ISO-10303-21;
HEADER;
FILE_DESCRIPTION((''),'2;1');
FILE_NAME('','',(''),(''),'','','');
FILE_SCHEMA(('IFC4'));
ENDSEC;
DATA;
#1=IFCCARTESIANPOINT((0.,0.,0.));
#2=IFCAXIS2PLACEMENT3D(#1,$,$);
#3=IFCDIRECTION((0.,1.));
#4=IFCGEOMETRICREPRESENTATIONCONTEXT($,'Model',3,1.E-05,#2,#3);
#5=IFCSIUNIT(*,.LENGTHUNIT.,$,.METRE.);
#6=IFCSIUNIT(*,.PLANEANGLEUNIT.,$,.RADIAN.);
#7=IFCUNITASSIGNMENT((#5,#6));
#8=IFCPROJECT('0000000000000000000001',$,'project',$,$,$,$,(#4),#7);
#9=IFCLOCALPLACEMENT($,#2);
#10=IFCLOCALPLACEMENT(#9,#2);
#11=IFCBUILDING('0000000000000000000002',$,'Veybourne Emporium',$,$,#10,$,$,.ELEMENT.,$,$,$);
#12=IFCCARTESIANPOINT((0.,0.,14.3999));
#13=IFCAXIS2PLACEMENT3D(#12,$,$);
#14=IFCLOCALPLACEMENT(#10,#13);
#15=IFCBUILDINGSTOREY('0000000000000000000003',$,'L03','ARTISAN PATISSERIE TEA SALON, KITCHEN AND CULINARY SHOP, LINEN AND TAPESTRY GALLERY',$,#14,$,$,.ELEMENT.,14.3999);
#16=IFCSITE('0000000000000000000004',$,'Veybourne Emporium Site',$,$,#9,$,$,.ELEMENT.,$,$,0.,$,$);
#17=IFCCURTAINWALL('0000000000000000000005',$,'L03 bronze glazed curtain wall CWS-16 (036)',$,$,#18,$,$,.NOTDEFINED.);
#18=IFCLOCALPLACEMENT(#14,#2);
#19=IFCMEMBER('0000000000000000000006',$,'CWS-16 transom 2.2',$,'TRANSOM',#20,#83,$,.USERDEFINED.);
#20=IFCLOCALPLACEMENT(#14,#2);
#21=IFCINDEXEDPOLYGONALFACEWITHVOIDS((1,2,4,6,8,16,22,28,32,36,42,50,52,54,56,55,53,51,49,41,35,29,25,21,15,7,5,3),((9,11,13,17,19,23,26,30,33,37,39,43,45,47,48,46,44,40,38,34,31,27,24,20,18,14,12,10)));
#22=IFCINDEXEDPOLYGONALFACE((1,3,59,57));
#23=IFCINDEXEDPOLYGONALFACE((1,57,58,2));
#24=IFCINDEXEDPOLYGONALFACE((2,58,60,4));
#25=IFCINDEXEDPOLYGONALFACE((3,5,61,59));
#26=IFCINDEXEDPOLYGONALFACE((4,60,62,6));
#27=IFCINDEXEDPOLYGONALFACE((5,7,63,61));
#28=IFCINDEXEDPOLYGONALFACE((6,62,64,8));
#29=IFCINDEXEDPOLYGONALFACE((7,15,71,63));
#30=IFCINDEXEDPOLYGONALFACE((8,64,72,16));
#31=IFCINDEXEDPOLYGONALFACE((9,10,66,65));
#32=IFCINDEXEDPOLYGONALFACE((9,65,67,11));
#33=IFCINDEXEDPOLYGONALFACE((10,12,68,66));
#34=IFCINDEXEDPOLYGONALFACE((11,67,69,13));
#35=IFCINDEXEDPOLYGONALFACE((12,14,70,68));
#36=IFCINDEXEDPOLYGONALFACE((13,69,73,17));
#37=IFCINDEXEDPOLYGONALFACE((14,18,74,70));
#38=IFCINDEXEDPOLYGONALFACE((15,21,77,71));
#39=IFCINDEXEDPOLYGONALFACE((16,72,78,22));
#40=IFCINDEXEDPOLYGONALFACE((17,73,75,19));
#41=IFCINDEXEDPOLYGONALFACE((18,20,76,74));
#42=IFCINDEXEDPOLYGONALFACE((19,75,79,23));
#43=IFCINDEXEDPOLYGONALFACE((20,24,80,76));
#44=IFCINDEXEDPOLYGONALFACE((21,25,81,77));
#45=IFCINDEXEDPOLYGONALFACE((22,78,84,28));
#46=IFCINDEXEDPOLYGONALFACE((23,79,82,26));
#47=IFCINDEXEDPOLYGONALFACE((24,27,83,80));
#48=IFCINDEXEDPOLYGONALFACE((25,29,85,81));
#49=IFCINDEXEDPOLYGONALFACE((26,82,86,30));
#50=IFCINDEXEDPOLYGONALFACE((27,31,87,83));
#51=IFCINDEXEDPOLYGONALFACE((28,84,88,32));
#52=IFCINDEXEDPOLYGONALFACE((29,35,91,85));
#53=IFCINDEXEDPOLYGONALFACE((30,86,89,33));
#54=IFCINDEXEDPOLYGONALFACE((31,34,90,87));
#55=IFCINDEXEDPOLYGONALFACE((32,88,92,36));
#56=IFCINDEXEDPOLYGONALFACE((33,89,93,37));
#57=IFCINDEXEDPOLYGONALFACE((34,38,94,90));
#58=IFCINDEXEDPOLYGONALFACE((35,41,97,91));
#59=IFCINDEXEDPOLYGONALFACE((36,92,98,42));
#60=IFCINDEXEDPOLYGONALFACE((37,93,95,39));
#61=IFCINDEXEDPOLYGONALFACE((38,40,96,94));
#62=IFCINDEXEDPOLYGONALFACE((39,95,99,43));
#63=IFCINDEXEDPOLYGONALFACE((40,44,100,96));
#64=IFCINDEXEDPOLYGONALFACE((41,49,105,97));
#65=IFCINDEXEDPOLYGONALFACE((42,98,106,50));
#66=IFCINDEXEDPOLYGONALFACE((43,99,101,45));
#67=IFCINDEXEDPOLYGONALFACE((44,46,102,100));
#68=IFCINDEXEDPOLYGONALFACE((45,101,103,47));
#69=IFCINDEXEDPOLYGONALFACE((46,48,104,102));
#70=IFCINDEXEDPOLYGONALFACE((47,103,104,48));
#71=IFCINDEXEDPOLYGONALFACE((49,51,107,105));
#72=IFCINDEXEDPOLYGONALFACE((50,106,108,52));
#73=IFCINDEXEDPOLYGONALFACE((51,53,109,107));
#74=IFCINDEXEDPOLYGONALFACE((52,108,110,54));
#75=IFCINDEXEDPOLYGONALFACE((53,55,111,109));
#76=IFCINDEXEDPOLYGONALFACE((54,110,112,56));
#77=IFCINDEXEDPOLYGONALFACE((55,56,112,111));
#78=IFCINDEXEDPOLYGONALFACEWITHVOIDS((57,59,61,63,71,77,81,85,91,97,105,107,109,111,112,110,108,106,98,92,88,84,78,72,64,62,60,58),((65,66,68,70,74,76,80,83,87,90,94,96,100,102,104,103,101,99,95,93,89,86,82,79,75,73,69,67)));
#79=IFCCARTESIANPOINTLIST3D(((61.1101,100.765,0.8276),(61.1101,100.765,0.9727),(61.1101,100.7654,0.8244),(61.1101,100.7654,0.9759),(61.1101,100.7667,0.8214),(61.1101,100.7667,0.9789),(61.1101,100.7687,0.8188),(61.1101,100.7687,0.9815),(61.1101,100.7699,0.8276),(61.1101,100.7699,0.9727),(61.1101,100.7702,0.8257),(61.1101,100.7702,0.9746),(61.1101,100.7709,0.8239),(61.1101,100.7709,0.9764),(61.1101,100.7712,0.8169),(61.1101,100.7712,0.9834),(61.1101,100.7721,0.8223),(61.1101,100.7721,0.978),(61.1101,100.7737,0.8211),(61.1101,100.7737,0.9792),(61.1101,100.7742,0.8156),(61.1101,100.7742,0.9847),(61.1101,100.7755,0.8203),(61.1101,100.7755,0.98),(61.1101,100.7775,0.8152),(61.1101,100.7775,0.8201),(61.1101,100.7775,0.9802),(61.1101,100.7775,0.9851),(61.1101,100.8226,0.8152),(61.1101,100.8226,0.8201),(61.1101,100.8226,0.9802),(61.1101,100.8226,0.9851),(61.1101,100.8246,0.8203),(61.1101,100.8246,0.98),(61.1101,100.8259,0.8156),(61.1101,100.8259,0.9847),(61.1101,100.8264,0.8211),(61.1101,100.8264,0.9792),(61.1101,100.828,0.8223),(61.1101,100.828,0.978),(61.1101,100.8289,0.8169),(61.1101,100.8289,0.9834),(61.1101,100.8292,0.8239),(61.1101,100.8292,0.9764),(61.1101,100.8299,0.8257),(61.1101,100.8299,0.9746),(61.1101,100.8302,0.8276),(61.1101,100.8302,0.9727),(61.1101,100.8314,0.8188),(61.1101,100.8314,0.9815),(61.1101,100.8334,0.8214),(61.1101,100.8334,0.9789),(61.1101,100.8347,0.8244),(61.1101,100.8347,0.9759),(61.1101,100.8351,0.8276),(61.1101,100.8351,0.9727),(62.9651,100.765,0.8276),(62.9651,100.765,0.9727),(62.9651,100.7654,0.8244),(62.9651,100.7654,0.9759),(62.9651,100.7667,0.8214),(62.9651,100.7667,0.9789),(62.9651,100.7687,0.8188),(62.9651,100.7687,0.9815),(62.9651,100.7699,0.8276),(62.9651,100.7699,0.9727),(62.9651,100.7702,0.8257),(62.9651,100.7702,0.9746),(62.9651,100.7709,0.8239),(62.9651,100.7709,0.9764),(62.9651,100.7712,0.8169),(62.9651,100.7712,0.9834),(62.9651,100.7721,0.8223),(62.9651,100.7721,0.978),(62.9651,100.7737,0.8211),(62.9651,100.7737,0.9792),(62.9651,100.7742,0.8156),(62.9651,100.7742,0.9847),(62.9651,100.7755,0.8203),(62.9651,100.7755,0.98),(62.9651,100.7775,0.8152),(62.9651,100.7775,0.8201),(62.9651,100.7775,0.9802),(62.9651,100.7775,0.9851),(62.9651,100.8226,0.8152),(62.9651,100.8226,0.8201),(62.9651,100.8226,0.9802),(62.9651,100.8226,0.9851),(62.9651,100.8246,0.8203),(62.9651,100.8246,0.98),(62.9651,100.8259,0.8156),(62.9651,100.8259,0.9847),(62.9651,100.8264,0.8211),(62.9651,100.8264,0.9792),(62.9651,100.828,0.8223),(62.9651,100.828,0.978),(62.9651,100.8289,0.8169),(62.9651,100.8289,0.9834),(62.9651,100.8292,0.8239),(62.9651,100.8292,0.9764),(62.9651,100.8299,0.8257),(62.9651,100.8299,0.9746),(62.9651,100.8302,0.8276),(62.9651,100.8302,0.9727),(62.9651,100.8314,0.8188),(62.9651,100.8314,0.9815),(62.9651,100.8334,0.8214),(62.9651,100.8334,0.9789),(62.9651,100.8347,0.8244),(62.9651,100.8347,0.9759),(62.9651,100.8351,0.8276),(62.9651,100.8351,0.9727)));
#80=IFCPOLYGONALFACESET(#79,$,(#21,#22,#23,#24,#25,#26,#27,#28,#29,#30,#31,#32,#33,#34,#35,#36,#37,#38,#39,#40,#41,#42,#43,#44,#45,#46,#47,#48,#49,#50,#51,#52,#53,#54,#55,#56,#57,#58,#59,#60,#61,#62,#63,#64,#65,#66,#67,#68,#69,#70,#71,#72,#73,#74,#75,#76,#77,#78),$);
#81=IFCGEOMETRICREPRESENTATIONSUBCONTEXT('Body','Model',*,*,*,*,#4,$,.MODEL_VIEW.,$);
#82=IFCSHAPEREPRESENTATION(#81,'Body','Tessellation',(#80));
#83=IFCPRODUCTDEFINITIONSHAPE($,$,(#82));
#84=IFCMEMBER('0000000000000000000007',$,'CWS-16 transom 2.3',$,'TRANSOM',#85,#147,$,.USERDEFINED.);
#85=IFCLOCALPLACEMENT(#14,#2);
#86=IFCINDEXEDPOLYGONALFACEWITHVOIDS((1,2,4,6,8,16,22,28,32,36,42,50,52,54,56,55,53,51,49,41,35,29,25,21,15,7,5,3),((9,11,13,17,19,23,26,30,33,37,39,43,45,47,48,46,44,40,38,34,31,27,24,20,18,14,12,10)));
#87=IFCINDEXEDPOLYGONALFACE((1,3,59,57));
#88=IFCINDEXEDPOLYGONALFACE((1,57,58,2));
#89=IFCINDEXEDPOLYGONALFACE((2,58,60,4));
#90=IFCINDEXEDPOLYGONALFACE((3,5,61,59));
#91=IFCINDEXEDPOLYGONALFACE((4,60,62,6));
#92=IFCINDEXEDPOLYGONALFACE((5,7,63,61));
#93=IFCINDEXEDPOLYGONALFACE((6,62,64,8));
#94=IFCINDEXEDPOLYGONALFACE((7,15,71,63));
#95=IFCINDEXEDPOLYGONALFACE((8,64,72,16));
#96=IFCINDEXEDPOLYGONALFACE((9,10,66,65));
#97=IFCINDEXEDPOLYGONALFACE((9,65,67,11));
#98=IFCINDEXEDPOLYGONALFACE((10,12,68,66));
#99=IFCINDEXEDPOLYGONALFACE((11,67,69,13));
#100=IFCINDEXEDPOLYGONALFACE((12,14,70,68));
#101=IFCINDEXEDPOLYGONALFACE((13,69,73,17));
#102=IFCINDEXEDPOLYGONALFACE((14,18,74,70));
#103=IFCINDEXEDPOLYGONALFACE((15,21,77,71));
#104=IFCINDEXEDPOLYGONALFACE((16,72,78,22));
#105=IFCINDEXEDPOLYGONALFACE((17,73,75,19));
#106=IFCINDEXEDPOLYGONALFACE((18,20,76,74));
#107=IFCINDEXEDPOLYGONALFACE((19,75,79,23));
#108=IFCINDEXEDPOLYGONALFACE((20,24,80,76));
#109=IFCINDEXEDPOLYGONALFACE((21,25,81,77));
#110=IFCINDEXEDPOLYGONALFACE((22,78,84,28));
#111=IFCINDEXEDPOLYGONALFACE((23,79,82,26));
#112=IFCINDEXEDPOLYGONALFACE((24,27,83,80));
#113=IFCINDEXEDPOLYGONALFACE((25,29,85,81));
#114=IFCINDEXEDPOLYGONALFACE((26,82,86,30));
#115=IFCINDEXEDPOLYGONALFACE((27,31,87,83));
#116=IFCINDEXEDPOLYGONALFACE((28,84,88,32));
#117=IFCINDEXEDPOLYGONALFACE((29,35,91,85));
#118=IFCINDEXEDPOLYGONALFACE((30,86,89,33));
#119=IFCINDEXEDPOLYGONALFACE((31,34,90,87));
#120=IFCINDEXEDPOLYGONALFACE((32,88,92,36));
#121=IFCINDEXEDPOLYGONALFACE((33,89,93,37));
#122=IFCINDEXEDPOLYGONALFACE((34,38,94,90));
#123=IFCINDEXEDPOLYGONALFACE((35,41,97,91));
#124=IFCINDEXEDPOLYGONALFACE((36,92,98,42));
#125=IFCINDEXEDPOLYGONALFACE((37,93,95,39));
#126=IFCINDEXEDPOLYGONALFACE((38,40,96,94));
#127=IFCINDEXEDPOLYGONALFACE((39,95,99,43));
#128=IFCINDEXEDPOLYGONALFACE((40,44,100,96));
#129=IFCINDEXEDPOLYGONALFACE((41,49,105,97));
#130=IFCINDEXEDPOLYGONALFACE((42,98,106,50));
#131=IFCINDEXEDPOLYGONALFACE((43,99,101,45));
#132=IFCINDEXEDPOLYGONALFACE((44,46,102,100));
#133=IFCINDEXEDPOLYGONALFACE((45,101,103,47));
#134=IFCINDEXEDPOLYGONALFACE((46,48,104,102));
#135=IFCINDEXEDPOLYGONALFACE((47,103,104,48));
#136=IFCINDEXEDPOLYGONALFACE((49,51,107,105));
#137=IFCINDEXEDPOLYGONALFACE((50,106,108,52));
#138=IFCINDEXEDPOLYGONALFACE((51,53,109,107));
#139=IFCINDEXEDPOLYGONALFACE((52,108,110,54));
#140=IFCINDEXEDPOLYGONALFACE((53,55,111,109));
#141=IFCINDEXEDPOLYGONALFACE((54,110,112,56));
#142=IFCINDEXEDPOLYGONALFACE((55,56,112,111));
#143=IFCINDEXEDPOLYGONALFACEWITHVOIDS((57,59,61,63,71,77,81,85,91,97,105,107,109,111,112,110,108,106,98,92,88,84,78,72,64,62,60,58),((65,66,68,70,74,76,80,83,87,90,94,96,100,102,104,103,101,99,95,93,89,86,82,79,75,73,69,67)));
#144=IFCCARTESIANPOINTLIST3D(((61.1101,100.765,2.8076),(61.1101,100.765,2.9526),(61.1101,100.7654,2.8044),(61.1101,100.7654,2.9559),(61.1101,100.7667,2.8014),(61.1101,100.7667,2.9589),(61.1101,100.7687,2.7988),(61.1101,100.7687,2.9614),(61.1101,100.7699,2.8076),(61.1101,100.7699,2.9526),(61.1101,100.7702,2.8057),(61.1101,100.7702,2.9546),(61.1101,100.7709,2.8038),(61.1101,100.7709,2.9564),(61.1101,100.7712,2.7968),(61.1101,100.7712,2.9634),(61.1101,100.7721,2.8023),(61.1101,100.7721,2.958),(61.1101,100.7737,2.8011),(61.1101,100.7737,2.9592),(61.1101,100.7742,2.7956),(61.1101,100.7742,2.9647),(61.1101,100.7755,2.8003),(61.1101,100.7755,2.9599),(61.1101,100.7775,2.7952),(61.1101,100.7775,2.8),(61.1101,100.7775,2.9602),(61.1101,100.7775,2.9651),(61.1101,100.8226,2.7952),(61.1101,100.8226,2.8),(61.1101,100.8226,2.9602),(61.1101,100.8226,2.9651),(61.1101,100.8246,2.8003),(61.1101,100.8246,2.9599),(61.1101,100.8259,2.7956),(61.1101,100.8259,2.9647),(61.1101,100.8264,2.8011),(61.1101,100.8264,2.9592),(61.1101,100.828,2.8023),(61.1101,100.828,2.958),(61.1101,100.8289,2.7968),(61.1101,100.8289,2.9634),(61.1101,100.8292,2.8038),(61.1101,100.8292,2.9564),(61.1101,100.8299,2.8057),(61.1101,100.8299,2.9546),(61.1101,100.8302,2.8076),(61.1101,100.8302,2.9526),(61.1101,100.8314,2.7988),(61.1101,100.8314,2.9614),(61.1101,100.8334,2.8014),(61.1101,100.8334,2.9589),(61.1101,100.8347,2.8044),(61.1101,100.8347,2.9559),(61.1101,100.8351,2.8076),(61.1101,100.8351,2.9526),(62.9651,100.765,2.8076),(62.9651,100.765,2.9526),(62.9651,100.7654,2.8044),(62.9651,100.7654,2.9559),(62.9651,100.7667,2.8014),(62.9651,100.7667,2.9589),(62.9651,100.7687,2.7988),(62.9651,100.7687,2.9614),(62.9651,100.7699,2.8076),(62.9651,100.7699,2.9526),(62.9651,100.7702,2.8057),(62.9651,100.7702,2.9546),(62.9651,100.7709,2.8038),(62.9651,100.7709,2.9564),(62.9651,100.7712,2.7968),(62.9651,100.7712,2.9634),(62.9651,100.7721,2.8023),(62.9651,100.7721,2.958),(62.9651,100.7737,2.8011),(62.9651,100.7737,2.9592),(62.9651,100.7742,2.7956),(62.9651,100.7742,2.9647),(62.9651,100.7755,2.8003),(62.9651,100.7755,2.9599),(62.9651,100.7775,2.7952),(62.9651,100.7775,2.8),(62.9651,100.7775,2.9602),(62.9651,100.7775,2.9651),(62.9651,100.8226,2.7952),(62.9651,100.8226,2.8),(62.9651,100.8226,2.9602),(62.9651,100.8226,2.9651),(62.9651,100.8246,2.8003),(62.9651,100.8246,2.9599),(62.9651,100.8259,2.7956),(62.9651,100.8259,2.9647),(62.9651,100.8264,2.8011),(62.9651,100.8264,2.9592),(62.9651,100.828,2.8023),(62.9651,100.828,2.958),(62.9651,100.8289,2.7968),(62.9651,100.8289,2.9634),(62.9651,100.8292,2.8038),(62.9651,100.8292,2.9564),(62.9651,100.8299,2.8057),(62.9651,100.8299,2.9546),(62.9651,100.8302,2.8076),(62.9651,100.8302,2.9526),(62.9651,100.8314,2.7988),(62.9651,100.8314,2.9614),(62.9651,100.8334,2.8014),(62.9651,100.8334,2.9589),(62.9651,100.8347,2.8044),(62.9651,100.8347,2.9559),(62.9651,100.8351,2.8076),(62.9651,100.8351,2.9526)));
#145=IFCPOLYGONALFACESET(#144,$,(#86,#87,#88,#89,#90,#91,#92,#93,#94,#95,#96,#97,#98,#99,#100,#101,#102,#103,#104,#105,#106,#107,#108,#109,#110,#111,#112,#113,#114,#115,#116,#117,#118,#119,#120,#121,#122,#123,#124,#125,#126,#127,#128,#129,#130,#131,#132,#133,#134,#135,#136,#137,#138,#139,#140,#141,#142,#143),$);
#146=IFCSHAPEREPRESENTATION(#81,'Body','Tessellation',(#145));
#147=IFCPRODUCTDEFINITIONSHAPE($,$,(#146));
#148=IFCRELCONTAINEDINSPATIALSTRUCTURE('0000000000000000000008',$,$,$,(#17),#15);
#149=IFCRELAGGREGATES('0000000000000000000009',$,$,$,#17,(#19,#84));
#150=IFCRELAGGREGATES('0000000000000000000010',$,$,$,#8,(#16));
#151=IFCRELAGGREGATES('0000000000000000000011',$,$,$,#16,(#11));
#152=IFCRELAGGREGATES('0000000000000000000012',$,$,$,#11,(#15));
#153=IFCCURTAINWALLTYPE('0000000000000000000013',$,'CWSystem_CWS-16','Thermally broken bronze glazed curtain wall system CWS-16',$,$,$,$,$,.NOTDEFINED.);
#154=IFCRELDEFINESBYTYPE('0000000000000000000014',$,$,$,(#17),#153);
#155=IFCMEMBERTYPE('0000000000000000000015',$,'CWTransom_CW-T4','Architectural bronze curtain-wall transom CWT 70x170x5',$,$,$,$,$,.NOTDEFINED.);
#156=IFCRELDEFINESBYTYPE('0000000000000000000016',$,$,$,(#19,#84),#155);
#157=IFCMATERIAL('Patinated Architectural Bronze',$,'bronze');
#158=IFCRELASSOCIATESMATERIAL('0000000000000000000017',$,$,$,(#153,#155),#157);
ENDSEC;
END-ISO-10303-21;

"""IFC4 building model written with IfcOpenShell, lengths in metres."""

from ifc_helpers import new_model, si_unit, direction, frame, origin, origin_2d, place, context, subcontext, project, spatial, hollow_rectangle, extrude, material, material_profile, profile_set, type_object, element, aggregate, save


model = new_model("IFC4")

# Units and contexts
model_context = context("Model", 3, precision=1e-05, world=origin(), true_north=direction((0.0, 1.0)))
body_context = subcontext(model_context, "Body", "Model", "MODEL_VIEW")
ifc_project = project(units=[si_unit("LENGTHUNIT", "METRE"), si_unit("PLANEANGLEUNIT", "RADIAN")], contexts=[model_context])

# Site, building, storey
site_placement = place(None, origin())
site = spatial("IfcSite", under=ifc_project, at=site_placement, Name="Veybourne Emporium Site", CompositionType="ELEMENT", RefElevation=0.0)
building_placement = place(site_placement, origin())
building = spatial("IfcBuilding", under=site, at=building_placement, Name="Veybourne Emporium", CompositionType="ELEMENT")
storey_placement = place(building_placement, frame((0.0, 0.0, 14.3999)))
storey = spatial("IfcBuildingStorey", under=building, at=storey_placement, Name="L03", Description="ARTISAN PATISSERIE TEA SALON, KITCHEN AND CULINARY SHOP, LINEN AND TAPESTRY GALLERY", CompositionType="ELEMENT", Elevation=14.3999)

# Shared definitions
ifc_material_1 = material(Name="Patinated Architectural Bronze", Category="bronze")

# Curtain wall
curtain_wall_type_1 = type_object("IfcCurtainWallType", Name="CWSystem_CWS-16", Description="Thermally broken bronze glazed curtain wall system CWS-16", PredefinedType="NOTDEFINED", material=ifc_material_1)
curtain_wall_1_placement = place(storey_placement, origin())
curtain_wall_1 = element("IfcCurtainWall", 1, at=curtain_wall_1_placement, inside=storey, type_object=curtain_wall_type_1, Name="L03 bronze glazed curtain wall CWS-16 (036)", PredefinedType="NOTDEFINED")

# Members
ifc_material_profile_1 = material_profile(ifc_material_1, hollow_rectangle(XDim=0.0701, YDim=0.1699, WallThickness=0.0049, InnerFilletRadius=0.0076, OuterFilletRadius=0.0125, at=origin_2d()), Name="CWT 70x170x5")
ifc_profile_set_1 = profile_set([ifc_material_profile_1], Name="Patinated Architectural Bronze")
member_type_1 = type_object("IfcMemberType", Name="CWTransom_CW-T4", Description="Architectural bronze curtain-wall transom CWT 70x170x5", PredefinedType="NOTDEFINED", material=ifc_profile_set_1)
member_1_placement = place(storey_placement, frame((61.1101, 100.8, 0.9001), z_axis=(1.0, 0.0, 0.0), x_axis=(0.0, 1.0, 0.0)))
member_1 = element("IfcMember", 2, at=member_1_placement, type_object=member_type_1, Name="CWS-16 transom 2.2", ObjectType="TRANSOM", PredefinedType="USERDEFINED", context=body_context, shape_type="SweptSolid", body=[
    extrude(hollow_rectangle(XDim=0.0701, YDim=0.1699, WallThickness=0.0049, InnerFilletRadius=0.0076, OuterFilletRadius=0.0125, at=origin_2d()), origin(), (0.0, 0.0, 1.0), 1.855),
])
member_2_placement = place(storey_placement, frame((61.1101, 100.8, 2.8801), z_axis=(1.0, 0.0, 0.0), x_axis=(0.0, 1.0, 0.0)))
member_2 = element("IfcMember", 3, at=member_2_placement, type_object=member_type_1, Name="CWS-16 transom 2.3", ObjectType="TRANSOM", PredefinedType="USERDEFINED", context=body_context, shape_type="SweptSolid", body=[
    extrude(hollow_rectangle(XDim=0.0701, YDim=0.1699, WallThickness=0.0049, InnerFilletRadius=0.0076, OuterFilletRadius=0.0125, at=origin_2d()), origin(), (0.0, 0.0, 1.0), 1.855),
])

aggregate(curtain_wall_1, [member_1, member_2])

save(model, "model.ifc")
